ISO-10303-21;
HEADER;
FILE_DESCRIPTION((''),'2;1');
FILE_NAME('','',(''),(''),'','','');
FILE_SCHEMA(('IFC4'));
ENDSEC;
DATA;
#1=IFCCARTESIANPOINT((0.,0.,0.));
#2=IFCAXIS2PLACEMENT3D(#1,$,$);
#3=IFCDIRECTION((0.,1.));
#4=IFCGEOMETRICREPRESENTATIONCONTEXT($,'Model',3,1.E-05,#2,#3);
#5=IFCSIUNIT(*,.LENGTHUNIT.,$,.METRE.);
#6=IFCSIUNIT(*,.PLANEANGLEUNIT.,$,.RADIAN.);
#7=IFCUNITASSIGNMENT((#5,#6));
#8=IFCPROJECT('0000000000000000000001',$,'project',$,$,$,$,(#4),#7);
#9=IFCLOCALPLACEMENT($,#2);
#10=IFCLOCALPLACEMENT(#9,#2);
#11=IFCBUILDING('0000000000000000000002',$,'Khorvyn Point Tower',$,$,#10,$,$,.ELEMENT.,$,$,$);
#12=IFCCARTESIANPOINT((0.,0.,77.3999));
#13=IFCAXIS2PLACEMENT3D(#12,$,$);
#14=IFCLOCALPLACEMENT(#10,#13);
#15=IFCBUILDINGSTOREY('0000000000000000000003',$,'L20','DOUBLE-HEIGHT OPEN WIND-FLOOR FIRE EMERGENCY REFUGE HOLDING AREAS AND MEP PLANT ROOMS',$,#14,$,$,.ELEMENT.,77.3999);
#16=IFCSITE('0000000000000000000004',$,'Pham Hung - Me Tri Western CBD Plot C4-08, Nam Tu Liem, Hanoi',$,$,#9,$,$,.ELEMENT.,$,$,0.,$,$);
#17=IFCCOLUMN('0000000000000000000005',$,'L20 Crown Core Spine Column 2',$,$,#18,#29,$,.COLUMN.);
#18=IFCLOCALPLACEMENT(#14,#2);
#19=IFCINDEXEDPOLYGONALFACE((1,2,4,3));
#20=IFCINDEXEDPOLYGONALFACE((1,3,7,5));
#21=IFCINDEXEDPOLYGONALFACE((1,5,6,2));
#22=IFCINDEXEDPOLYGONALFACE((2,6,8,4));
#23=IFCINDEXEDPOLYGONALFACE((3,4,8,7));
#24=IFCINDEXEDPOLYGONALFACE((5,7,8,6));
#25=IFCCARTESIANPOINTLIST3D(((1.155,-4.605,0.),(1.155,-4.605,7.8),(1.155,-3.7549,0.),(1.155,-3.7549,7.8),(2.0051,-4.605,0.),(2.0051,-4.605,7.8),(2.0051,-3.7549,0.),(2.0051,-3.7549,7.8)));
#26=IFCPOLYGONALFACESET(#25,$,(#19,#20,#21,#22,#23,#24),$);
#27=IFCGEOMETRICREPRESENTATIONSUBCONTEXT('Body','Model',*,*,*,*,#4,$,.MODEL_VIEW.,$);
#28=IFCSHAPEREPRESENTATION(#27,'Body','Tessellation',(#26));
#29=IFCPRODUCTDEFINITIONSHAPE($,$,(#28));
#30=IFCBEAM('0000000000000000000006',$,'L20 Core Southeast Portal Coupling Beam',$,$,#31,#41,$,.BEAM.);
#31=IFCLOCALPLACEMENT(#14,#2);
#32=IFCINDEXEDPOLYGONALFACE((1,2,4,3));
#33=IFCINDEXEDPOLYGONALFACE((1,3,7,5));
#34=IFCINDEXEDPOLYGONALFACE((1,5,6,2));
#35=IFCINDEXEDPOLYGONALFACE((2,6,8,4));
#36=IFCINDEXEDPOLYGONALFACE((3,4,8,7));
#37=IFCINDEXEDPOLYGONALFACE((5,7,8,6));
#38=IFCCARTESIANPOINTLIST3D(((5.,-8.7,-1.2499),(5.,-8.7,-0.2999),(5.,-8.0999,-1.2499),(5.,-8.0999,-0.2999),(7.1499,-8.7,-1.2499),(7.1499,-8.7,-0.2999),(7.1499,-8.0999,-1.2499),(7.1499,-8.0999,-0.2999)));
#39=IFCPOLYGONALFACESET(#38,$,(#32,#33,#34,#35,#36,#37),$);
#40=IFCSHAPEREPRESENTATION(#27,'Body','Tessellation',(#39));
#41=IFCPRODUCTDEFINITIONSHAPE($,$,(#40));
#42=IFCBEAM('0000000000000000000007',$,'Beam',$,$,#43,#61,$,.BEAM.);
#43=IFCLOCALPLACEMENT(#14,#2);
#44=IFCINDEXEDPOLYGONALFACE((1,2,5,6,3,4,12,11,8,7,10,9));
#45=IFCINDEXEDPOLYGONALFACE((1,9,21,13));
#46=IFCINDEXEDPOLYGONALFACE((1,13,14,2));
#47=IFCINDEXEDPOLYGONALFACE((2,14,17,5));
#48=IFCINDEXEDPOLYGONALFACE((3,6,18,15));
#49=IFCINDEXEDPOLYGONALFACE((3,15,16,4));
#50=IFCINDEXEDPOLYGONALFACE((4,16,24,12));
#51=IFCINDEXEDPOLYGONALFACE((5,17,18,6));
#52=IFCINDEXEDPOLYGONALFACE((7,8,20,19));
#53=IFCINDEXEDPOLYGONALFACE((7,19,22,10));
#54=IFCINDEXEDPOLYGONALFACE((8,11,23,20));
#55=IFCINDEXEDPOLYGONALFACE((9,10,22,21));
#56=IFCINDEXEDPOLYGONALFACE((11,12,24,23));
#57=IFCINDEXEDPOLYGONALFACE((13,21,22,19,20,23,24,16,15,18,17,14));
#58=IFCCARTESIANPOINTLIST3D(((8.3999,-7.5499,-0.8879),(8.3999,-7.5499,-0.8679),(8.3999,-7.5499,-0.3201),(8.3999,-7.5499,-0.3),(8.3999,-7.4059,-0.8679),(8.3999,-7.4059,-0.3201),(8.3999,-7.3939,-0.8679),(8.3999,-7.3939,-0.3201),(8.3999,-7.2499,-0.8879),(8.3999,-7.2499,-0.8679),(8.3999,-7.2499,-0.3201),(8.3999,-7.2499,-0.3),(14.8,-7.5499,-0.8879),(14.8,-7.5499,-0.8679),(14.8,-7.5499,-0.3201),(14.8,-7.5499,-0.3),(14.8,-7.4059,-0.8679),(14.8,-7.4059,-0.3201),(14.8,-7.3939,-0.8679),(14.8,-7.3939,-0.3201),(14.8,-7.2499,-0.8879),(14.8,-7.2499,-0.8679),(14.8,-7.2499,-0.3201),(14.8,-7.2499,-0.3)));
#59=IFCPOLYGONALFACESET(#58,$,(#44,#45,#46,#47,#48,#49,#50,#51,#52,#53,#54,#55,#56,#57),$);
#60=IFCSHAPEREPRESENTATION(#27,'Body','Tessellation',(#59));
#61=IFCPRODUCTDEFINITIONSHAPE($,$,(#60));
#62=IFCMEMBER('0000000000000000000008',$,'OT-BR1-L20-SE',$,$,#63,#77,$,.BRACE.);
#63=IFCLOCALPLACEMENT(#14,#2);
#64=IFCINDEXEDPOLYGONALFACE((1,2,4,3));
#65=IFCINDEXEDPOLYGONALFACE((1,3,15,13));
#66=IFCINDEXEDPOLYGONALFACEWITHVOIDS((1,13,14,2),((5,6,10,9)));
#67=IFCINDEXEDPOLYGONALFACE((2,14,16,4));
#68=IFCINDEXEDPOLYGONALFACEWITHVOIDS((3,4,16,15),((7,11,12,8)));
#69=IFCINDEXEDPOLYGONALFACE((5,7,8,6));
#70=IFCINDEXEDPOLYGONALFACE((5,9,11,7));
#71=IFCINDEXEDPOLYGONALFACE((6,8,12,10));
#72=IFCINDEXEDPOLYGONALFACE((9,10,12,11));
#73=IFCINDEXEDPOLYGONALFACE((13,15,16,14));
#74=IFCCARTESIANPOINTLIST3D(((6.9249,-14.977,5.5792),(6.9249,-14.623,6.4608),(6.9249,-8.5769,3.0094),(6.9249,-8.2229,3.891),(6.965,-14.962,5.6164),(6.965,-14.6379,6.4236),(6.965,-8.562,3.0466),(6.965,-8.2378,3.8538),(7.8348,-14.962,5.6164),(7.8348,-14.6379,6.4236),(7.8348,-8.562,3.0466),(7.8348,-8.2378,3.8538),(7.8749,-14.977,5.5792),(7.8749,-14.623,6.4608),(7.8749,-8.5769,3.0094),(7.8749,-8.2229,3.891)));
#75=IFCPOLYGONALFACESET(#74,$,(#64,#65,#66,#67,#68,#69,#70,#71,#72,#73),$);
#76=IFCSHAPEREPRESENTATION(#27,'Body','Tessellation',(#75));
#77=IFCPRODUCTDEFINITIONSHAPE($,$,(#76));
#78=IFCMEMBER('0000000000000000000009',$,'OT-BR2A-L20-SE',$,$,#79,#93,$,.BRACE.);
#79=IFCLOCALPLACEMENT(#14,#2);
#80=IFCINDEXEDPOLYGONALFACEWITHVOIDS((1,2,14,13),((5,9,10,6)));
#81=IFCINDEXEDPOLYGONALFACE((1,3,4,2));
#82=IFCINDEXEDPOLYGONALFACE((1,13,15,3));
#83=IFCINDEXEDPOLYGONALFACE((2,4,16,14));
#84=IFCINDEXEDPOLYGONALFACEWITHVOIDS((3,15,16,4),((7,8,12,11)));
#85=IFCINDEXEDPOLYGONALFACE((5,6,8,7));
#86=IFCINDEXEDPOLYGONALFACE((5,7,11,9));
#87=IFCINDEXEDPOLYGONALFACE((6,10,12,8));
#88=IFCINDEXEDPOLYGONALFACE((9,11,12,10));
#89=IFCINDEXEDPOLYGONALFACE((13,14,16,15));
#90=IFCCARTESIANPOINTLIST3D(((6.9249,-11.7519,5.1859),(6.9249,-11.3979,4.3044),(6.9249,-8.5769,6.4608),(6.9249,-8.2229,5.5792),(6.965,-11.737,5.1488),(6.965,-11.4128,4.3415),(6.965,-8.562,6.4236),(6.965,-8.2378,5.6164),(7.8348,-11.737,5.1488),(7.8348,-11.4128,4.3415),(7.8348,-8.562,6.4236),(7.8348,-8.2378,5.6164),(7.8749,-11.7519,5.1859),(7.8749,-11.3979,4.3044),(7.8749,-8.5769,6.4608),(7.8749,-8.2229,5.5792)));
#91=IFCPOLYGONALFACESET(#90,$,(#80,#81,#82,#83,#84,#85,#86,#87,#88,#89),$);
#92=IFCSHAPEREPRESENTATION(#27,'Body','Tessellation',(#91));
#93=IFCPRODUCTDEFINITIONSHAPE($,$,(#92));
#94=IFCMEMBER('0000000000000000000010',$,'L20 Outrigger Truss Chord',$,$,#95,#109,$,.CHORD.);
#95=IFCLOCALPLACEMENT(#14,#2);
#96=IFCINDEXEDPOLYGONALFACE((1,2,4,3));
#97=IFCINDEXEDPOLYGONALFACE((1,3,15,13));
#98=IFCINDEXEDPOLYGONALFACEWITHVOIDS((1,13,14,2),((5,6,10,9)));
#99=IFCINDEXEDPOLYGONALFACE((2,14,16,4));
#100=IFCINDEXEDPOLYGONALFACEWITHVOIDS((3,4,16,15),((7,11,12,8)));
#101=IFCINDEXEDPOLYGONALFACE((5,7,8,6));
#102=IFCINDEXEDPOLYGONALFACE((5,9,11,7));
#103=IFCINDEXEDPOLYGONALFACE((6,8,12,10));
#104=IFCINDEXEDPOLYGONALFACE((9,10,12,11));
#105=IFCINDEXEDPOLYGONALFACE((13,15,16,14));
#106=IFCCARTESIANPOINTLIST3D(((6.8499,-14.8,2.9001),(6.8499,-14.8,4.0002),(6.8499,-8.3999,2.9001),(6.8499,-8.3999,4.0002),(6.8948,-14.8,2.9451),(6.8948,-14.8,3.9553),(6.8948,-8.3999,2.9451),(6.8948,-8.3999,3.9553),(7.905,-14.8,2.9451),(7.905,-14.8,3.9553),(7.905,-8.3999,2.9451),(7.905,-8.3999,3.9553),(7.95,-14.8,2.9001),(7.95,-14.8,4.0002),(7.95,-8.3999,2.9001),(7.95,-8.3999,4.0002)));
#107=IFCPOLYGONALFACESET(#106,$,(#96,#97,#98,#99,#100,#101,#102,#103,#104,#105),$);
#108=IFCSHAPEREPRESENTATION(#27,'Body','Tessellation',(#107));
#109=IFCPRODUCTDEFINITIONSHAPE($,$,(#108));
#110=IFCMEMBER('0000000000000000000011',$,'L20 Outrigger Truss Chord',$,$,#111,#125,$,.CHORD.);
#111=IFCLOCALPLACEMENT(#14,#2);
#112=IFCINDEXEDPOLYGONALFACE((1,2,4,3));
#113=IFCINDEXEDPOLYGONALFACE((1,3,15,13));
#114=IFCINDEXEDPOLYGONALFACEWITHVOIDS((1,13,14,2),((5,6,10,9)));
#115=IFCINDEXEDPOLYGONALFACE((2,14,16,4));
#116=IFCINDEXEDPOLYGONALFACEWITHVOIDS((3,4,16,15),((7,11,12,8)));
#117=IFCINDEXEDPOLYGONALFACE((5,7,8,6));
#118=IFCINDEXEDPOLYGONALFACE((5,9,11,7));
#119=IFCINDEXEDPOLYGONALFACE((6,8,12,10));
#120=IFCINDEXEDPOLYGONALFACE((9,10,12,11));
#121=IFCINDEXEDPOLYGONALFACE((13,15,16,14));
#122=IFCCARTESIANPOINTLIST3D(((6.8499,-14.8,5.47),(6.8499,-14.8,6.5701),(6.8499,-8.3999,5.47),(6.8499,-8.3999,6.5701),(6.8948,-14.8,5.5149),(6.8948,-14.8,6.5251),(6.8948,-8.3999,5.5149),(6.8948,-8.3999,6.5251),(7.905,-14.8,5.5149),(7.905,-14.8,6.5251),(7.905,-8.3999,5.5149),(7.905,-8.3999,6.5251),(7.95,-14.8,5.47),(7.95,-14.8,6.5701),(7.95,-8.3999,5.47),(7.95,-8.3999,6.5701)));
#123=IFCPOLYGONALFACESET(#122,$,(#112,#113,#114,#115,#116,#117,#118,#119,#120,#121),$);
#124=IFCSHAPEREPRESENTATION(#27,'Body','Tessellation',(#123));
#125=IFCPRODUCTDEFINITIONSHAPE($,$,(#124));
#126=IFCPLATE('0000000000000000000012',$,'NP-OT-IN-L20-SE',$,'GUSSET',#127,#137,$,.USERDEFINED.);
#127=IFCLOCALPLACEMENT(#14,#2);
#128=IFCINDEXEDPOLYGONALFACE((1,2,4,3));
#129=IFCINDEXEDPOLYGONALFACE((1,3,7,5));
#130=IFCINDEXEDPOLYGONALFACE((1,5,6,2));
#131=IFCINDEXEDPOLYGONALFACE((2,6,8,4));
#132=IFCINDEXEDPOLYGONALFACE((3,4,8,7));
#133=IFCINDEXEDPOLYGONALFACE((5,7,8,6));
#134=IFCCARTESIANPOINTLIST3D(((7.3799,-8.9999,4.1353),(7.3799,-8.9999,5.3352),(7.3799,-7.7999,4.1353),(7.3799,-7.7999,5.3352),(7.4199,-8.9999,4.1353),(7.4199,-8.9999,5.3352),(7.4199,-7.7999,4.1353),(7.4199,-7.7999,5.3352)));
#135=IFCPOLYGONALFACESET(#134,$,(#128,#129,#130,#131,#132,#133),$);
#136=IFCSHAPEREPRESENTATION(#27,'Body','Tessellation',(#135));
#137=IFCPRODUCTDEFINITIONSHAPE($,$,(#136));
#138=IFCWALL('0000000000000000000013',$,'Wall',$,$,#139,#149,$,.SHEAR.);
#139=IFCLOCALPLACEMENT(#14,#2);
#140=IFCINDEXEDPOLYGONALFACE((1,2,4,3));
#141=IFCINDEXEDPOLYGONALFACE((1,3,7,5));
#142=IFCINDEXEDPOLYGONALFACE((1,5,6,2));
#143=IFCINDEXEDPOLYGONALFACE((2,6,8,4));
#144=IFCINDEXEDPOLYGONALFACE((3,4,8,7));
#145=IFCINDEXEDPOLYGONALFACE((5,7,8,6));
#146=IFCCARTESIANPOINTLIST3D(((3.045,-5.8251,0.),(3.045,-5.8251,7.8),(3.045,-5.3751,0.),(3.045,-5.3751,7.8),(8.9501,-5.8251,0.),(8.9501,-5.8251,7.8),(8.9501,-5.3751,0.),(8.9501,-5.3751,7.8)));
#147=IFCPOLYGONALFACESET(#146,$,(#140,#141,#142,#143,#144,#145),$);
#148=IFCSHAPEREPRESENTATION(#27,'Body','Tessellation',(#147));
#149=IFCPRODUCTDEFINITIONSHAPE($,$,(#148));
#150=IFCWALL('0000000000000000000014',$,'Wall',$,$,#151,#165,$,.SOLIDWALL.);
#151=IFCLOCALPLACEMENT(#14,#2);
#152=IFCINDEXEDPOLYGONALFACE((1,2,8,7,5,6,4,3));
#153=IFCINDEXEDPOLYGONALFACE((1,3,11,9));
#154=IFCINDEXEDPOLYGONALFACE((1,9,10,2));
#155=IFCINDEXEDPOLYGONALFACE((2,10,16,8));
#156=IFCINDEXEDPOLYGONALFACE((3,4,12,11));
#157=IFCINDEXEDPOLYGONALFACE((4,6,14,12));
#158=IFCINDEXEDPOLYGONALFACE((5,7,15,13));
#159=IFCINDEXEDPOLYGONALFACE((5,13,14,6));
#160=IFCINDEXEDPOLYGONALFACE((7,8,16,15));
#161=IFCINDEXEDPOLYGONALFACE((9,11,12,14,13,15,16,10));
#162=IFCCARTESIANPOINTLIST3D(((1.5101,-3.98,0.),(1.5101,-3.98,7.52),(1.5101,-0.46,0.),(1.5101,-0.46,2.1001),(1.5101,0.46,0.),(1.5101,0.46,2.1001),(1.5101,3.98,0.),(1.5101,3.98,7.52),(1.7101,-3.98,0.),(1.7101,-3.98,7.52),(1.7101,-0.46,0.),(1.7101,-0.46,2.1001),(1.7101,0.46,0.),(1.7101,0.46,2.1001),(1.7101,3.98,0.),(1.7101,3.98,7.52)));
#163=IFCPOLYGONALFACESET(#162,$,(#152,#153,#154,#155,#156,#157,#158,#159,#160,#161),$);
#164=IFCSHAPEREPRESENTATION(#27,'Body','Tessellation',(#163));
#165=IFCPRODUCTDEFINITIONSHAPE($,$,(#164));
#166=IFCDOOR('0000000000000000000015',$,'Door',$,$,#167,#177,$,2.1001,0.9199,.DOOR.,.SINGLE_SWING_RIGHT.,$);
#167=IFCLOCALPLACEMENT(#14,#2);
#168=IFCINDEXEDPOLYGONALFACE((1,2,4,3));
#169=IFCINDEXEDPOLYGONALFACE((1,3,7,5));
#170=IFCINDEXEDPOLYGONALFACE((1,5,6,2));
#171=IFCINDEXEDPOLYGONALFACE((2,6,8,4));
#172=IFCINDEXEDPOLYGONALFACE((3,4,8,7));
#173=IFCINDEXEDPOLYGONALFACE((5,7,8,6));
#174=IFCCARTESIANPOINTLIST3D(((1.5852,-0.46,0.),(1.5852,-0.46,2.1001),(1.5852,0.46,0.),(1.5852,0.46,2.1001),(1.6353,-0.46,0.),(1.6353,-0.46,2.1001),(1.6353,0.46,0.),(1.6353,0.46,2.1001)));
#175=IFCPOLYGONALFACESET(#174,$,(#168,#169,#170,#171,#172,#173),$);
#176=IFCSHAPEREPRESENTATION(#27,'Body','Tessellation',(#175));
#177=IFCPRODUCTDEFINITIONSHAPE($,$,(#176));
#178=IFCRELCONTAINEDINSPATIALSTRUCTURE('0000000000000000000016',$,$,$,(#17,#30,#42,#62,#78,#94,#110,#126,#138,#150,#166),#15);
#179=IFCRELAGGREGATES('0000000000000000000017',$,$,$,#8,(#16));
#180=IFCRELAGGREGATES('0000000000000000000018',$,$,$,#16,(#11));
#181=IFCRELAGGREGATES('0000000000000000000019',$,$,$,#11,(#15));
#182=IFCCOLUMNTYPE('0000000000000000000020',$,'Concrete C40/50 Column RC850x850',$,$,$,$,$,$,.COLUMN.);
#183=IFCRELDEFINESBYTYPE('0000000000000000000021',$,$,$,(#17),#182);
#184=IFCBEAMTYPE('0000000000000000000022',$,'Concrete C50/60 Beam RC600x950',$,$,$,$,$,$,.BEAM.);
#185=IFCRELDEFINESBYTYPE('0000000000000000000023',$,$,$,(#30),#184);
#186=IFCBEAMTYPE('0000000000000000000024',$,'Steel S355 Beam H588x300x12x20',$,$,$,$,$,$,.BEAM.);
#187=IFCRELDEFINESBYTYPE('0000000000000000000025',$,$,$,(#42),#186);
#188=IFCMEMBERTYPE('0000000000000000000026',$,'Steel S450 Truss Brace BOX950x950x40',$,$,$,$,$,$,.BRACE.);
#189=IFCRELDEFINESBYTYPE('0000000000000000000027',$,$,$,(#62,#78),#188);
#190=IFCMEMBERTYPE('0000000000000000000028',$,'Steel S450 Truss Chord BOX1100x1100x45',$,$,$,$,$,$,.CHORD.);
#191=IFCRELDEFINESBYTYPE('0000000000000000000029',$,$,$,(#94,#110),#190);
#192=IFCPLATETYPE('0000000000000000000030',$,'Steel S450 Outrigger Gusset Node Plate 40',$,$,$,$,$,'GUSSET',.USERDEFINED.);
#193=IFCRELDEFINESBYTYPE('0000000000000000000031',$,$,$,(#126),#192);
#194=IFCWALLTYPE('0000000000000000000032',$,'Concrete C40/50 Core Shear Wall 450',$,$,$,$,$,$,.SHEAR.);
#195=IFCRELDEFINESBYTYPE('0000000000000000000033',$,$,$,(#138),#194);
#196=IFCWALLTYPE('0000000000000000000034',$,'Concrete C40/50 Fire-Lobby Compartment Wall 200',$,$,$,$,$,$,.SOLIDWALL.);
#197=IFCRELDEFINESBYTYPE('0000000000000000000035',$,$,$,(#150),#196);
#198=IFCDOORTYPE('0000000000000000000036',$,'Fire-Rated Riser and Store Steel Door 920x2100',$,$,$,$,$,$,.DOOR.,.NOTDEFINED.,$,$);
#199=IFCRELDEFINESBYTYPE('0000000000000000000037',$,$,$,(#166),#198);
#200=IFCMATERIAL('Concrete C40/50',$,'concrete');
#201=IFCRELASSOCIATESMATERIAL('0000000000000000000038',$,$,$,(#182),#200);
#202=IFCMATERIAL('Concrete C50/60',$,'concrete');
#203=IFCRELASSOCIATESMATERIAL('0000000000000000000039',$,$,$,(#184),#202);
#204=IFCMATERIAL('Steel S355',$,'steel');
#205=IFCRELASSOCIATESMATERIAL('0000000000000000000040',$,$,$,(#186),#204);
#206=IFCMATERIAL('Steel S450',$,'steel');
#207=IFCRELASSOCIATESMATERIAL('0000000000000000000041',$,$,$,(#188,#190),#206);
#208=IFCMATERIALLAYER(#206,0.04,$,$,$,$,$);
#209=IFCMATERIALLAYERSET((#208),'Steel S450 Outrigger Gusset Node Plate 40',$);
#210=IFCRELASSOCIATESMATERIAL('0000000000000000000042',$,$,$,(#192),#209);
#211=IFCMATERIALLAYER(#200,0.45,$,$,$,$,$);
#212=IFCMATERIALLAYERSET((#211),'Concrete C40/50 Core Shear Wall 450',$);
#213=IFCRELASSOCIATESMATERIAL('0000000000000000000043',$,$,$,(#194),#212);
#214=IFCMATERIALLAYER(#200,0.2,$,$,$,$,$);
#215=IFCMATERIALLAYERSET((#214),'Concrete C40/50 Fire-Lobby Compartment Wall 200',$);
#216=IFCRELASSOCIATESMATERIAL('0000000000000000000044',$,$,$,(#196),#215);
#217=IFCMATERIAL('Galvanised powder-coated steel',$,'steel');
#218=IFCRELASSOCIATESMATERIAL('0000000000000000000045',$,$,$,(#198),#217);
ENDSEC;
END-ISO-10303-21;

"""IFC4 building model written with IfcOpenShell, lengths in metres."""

from ifc_helpers import new_model, si_unit, direction, frame, frame_2d, origin, origin_2d, place, context, subcontext, project, spatial, rectangle, hollow_rectangle, i_section, extrude, material, layer, layer_set, material_profile, profile_set, type_object, element, fill, save


model = new_model("IFC4")

# Units and contexts
model_context = context("Model", 3, precision=1e-05, world=origin(), true_north=direction((0.0, 1.0)))
body_context = subcontext(model_context, "Body", "Model", "MODEL_VIEW")
ifc_project = project(units=[si_unit("LENGTHUNIT", "METRE"), si_unit("PLANEANGLEUNIT", "RADIAN")], contexts=[model_context])

# Site, building, storey
site_placement = place(None, origin())
site = spatial("IfcSite", under=ifc_project, at=site_placement, Name="Pham Hung - Me Tri Western CBD Plot C4-08, Nam Tu Liem, Hanoi", CompositionType="ELEMENT", RefElevation=0.0)
building_placement = place(site_placement, origin())
building = spatial("IfcBuilding", under=site, at=building_placement, Name="Khorvyn Point Tower", CompositionType="ELEMENT")
storey_placement = place(building_placement, frame((0.0, 0.0, 77.3999)))
storey = spatial("IfcBuildingStorey", under=building, at=storey_placement, Name="L20", Description="DOUBLE-HEIGHT OPEN WIND-FLOOR FIRE EMERGENCY REFUGE HOLDING AREAS AND MEP PLANT ROOMS", CompositionType="ELEMENT", Elevation=77.3999)

# Column
ifc_material_1 = material(Name="Concrete C40/50", Category="concrete")
ifc_material_profile_1 = material_profile(ifc_material_1, rectangle(XDim=0.8501, YDim=0.8501, at=origin_2d()))
ifc_profile_set_1 = profile_set([ifc_material_profile_1], Name="Concrete C40/50 RC850x850")
column_type = type_object("IfcColumnType", Name="Concrete C40/50 Column RC850x850", PredefinedType="COLUMN", material=ifc_profile_set_1)
column_placement = place(storey_placement, frame((1.5801, -4.1799, 0.0), z_axis=(0.0, 0.0, 1.0), x_axis=(1.0, 0.0, 0.0)))
element("IfcColumn", 1, at=column_placement, inside=storey, type_object=column_type, Name="L20 Crown Core Spine Column 2", PredefinedType="COLUMN", context=body_context, shape_type="SweptSolid", body=[
    extrude(rectangle(XDim=0.8501, YDim=0.8501, at=origin_2d()), origin(), (0.0, 0.0, 1.0), 7.8),
])

# Beams
ifc_material_2 = material(Name="Concrete C50/60", Category="concrete")
ifc_material_profile_2 = material_profile(ifc_material_2, rectangle(XDim=0.6001, YDim=0.95, at=origin_2d()))
ifc_profile_set_2 = profile_set([ifc_material_profile_2], Name="Concrete C50/60 RC600x950")
beam_type_1 = type_object("IfcBeamType", Name="Concrete C50/60 Beam RC600x950", PredefinedType="BEAM", material=ifc_profile_set_2)
beam_1_placement = place(storey_placement, frame((5.0, -8.3999, -0.7749), z_axis=(1.0, 0.0, 0.0), x_axis=(0.0, 1.0, 0.0)))
element("IfcBeam", 2, at=beam_1_placement, inside=storey, type_object=beam_type_1, Name="L20 Core Southeast Portal Coupling Beam", PredefinedType="BEAM", context=body_context, shape_type="SweptSolid", body=[
    extrude(rectangle(XDim=0.6001, YDim=0.95, at=origin_2d()), origin(), (0.0, 0.0, 1.0), 2.1499),
])
ifc_material_3 = material(Name="Steel S355", Category="steel")
ifc_material_profile_3 = material_profile(ifc_material_3, i_section(OverallWidth=0.3, OverallDepth=0.5879, WebThickness=0.012, FlangeThickness=0.02, at=origin_2d()))
ifc_profile_set_3 = profile_set([ifc_material_profile_3], Name="Steel S355 H588x300x12x20")
beam_type_2 = type_object("IfcBeamType", Name="Steel S355 Beam H588x300x12x20", PredefinedType="BEAM", material=ifc_profile_set_3)
beam_2_placement = place(storey_placement, frame((8.3999, -7.3999, -0.594), z_axis=(1.0, 0.0, 0.0), x_axis=(0.0, 1.0, 0.0)))
element("IfcBeam", 3, at=beam_2_placement, inside=storey, type_object=beam_type_2, Name="Beam", PredefinedType="BEAM", context=body_context, shape_type="SweptSolid", body=[
    extrude(i_section(OverallWidth=0.3, OverallDepth=0.5879, WebThickness=0.012, FlangeThickness=0.02, at=origin_2d()), origin(), (0.0, 0.0, 1.0), 6.4001),
])

# Members
ifc_material_4 = material(Name="Steel S450", Category="steel")
ifc_material_profile_4 = material_profile(ifc_material_4, hollow_rectangle(XDim=0.95, YDim=0.95, WallThickness=0.04, at=origin_2d()))
ifc_profile_set_4 = profile_set([ifc_material_profile_4], Name="Steel S450 BOX950x950x40")
member_type_1 = type_object("IfcMemberType", Name="Steel S450 Truss Brace BOX950x950x40", PredefinedType="BRACE", material=ifc_profile_set_4)
member_1_placement = place(storey_placement, frame((7.3999, -8.3999, 3.4502), z_axis=(0.0, -0.927988, 0.372611), x_axis=(1.0, 0.0, 0.0)))
element("IfcMember", 4, at=member_1_placement, inside=storey, type_object=member_type_1, Name="OT-BR1-L20-SE", PredefinedType="BRACE", context=body_context, shape_type="SweptSolid", body=[
    extrude(hollow_rectangle(XDim=0.95, YDim=0.95, WallThickness=0.04, at=origin_2d()), origin(), (0.0, 0.0, 1.0), 6.8967),
])
member_2_placement = place(storey_placement, frame((7.3999, -8.3999, 6.02), z_axis=(0.0, -0.927984, -0.372621), x_axis=(1.0, 0.0, 0.0)))
element("IfcMember", 5, at=member_2_placement, inside=storey, type_object=member_type_1, Name="OT-BR2A-L20-SE", PredefinedType="BRACE", context=body_context, shape_type="SweptSolid", body=[
    extrude(hollow_rectangle(XDim=0.95, YDim=0.95, WallThickness=0.04, at=origin_2d()), origin(), (0.0, 0.0, 1.0), 3.4214),
])
ifc_material_profile_5 = material_profile(ifc_material_4, hollow_rectangle(XDim=1.1001, YDim=1.1001, WallThickness=0.0449, at=origin_2d()))
ifc_profile_set_5 = profile_set([ifc_material_profile_5], Name="Steel S450 BOX1100x1100x45")
member_type_2 = type_object("IfcMemberType", Name="Steel S450 Truss Chord BOX1100x1100x45", PredefinedType="CHORD", material=ifc_profile_set_5)
for number, where, z_axis, x_axis, name in (
    (6, (7.3999, -8.3999, 3.4502), (0.0, -1.0, 0.0), (1.0, 0.0, 0.0), "L20 Outrigger Truss Chord"),
    (7, (7.3999, -8.3999, 6.02), (0.0, -1.0, 0.0), (1.0, 0.0, 0.0), "L20 Outrigger Truss Chord"),
):
    element("IfcMember", number, at=place(storey_placement, frame(where, z_axis=z_axis, x_axis=x_axis)), inside=storey, type_object=member_type_2, Name=name, PredefinedType="CHORD", context=body_context, shape_type="SweptSolid", body=[
        extrude(hollow_rectangle(XDim=1.1001, YDim=1.1001, WallThickness=0.0449, at=origin_2d()), origin(), (0.0, 0.0, 1.0), 6.4001),
    ])

# Plate
ifc_layer_1 = layer(ifc_material_4, 0.04)
ifc_layer_set_1 = layer_set([ifc_layer_1], Name="Steel S450 Outrigger Gusset Node Plate 40")
plate_type = type_object("IfcPlateType", Name="Steel S450 Outrigger Gusset Node Plate 40", ElementType="GUSSET", PredefinedType="USERDEFINED", material=ifc_layer_set_1)
plate_placement = place(storey_placement, frame((7.3999, -8.3999, 4.1353), z_axis=(0.0, 0.0, 1.0), x_axis=(1.0, 0.0, 0.0)))
element("IfcPlate", 8, at=plate_placement, inside=storey, type_object=plate_type, Name="NP-OT-IN-L20-SE", ObjectType="GUSSET", PredefinedType="USERDEFINED", context=body_context, shape_type="SweptSolid", body=[
    extrude(rectangle(XDim=0.04, YDim=1.2, at=origin_2d()), origin(), (0.0, 0.0, 1.0), 1.2),
])

# Wall
ifc_layer_2 = layer(ifc_material_1, 0.45)
ifc_layer_set_2 = layer_set([ifc_layer_2], Name="Concrete C40/50 Core Shear Wall 450")
wall_type_1 = type_object("IfcWallType", Name="Concrete C40/50 Core Shear Wall 450", PredefinedType="SHEAR", material=ifc_layer_set_2)
wall_1_placement = place(storey_placement, frame((3.0449, -5.6001, 0.0), z_axis=(0.0, 0.0, 1.0), x_axis=(1.0, 0.0, 0.0)))
element("IfcWall", 9, at=wall_1_placement, inside=storey, type_object=wall_type_1, Name="Wall", PredefinedType="SHEAR", context=body_context, shape_type="SweptSolid", body=[
    extrude(rectangle(XDim=5.905, YDim=0.45, at=frame_2d((2.9526, 0.0))), origin(), (0.0, 0.0, 1.0), 7.8),
])

# Wall, opening, door
ifc_layer_3 = layer(ifc_material_1, 0.2)
ifc_layer_set_3 = layer_set([ifc_layer_3], Name="Concrete C40/50 Fire-Lobby Compartment Wall 200")
wall_type_2 = type_object("IfcWallType", Name="Concrete C40/50 Fire-Lobby Compartment Wall 200", PredefinedType="SOLIDWALL", material=ifc_layer_set_3)
ifc_material_5 = material(Name="Galvanised powder-coated steel", Category="steel")
wall_2_placement = place(storey_placement, frame((1.6101, -3.98, 0.0), z_axis=(0.0, 0.0, 1.0), x_axis=(0.0, 1.0, 0.0)))
wall_2 = element("IfcWall", 10, at=wall_2_placement, inside=storey, type_object=wall_type_2, Name="Wall", PredefinedType="SOLIDWALL", context=body_context, shape_type="SweptSolid", body=[
    extrude(rectangle(XDim=7.96, YDim=0.2, at=frame_2d((3.98, 0.0))), origin(), (0.0, 0.0, 1.0), 7.52),
])
opening_1_placement = place(wall_2_placement, frame((3.52, 0.0, 0.0)))
opening_1 = element("IfcOpeningElement", 11, at=opening_1_placement, cuts=wall_2, PredefinedType="OPENING", context=body_context, shape_type="SweptSolid", body=[
    extrude(rectangle(XDim=0.9199, YDim=2.1001, at=frame_2d((0.46, 1.05))), frame((0.0, 0.1099, 0.0), z_axis=(0.0, -1.0, 0.0), x_axis=(1.0, 0.0, 0.0)), (0.0, 0.0, 1.0), 0.22),
])
door_type_1 = type_object("IfcDoorType", Name="Fire-Rated Riser and Store Steel Door 920x2100", OperationType="NOTDEFINED", PredefinedType="DOOR", material=ifc_material_5)
door_1_placement = place(opening_1_placement, origin())
door_1 = element("IfcDoor", 12, at=door_1_placement, inside=storey, type_object=door_type_1, Name="Door", OperationType="SINGLE_SWING_RIGHT", OverallHeight=2.1001, OverallWidth=0.9199, PredefinedType="DOOR", context=body_context, shape_type="SweptSolid", body=[
    extrude(rectangle(XDim=0.9199, YDim=2.1001, at=frame_2d((0.46, 1.05))), frame((0.0, 0.0249, 0.0), z_axis=(0.0, -1.0, 0.0), x_axis=(1.0, 0.0, 0.0)), (0.0, 0.0, 1.0), 0.05),
])
fill(opening_1, door_1)

save(model, "model.ifc")
